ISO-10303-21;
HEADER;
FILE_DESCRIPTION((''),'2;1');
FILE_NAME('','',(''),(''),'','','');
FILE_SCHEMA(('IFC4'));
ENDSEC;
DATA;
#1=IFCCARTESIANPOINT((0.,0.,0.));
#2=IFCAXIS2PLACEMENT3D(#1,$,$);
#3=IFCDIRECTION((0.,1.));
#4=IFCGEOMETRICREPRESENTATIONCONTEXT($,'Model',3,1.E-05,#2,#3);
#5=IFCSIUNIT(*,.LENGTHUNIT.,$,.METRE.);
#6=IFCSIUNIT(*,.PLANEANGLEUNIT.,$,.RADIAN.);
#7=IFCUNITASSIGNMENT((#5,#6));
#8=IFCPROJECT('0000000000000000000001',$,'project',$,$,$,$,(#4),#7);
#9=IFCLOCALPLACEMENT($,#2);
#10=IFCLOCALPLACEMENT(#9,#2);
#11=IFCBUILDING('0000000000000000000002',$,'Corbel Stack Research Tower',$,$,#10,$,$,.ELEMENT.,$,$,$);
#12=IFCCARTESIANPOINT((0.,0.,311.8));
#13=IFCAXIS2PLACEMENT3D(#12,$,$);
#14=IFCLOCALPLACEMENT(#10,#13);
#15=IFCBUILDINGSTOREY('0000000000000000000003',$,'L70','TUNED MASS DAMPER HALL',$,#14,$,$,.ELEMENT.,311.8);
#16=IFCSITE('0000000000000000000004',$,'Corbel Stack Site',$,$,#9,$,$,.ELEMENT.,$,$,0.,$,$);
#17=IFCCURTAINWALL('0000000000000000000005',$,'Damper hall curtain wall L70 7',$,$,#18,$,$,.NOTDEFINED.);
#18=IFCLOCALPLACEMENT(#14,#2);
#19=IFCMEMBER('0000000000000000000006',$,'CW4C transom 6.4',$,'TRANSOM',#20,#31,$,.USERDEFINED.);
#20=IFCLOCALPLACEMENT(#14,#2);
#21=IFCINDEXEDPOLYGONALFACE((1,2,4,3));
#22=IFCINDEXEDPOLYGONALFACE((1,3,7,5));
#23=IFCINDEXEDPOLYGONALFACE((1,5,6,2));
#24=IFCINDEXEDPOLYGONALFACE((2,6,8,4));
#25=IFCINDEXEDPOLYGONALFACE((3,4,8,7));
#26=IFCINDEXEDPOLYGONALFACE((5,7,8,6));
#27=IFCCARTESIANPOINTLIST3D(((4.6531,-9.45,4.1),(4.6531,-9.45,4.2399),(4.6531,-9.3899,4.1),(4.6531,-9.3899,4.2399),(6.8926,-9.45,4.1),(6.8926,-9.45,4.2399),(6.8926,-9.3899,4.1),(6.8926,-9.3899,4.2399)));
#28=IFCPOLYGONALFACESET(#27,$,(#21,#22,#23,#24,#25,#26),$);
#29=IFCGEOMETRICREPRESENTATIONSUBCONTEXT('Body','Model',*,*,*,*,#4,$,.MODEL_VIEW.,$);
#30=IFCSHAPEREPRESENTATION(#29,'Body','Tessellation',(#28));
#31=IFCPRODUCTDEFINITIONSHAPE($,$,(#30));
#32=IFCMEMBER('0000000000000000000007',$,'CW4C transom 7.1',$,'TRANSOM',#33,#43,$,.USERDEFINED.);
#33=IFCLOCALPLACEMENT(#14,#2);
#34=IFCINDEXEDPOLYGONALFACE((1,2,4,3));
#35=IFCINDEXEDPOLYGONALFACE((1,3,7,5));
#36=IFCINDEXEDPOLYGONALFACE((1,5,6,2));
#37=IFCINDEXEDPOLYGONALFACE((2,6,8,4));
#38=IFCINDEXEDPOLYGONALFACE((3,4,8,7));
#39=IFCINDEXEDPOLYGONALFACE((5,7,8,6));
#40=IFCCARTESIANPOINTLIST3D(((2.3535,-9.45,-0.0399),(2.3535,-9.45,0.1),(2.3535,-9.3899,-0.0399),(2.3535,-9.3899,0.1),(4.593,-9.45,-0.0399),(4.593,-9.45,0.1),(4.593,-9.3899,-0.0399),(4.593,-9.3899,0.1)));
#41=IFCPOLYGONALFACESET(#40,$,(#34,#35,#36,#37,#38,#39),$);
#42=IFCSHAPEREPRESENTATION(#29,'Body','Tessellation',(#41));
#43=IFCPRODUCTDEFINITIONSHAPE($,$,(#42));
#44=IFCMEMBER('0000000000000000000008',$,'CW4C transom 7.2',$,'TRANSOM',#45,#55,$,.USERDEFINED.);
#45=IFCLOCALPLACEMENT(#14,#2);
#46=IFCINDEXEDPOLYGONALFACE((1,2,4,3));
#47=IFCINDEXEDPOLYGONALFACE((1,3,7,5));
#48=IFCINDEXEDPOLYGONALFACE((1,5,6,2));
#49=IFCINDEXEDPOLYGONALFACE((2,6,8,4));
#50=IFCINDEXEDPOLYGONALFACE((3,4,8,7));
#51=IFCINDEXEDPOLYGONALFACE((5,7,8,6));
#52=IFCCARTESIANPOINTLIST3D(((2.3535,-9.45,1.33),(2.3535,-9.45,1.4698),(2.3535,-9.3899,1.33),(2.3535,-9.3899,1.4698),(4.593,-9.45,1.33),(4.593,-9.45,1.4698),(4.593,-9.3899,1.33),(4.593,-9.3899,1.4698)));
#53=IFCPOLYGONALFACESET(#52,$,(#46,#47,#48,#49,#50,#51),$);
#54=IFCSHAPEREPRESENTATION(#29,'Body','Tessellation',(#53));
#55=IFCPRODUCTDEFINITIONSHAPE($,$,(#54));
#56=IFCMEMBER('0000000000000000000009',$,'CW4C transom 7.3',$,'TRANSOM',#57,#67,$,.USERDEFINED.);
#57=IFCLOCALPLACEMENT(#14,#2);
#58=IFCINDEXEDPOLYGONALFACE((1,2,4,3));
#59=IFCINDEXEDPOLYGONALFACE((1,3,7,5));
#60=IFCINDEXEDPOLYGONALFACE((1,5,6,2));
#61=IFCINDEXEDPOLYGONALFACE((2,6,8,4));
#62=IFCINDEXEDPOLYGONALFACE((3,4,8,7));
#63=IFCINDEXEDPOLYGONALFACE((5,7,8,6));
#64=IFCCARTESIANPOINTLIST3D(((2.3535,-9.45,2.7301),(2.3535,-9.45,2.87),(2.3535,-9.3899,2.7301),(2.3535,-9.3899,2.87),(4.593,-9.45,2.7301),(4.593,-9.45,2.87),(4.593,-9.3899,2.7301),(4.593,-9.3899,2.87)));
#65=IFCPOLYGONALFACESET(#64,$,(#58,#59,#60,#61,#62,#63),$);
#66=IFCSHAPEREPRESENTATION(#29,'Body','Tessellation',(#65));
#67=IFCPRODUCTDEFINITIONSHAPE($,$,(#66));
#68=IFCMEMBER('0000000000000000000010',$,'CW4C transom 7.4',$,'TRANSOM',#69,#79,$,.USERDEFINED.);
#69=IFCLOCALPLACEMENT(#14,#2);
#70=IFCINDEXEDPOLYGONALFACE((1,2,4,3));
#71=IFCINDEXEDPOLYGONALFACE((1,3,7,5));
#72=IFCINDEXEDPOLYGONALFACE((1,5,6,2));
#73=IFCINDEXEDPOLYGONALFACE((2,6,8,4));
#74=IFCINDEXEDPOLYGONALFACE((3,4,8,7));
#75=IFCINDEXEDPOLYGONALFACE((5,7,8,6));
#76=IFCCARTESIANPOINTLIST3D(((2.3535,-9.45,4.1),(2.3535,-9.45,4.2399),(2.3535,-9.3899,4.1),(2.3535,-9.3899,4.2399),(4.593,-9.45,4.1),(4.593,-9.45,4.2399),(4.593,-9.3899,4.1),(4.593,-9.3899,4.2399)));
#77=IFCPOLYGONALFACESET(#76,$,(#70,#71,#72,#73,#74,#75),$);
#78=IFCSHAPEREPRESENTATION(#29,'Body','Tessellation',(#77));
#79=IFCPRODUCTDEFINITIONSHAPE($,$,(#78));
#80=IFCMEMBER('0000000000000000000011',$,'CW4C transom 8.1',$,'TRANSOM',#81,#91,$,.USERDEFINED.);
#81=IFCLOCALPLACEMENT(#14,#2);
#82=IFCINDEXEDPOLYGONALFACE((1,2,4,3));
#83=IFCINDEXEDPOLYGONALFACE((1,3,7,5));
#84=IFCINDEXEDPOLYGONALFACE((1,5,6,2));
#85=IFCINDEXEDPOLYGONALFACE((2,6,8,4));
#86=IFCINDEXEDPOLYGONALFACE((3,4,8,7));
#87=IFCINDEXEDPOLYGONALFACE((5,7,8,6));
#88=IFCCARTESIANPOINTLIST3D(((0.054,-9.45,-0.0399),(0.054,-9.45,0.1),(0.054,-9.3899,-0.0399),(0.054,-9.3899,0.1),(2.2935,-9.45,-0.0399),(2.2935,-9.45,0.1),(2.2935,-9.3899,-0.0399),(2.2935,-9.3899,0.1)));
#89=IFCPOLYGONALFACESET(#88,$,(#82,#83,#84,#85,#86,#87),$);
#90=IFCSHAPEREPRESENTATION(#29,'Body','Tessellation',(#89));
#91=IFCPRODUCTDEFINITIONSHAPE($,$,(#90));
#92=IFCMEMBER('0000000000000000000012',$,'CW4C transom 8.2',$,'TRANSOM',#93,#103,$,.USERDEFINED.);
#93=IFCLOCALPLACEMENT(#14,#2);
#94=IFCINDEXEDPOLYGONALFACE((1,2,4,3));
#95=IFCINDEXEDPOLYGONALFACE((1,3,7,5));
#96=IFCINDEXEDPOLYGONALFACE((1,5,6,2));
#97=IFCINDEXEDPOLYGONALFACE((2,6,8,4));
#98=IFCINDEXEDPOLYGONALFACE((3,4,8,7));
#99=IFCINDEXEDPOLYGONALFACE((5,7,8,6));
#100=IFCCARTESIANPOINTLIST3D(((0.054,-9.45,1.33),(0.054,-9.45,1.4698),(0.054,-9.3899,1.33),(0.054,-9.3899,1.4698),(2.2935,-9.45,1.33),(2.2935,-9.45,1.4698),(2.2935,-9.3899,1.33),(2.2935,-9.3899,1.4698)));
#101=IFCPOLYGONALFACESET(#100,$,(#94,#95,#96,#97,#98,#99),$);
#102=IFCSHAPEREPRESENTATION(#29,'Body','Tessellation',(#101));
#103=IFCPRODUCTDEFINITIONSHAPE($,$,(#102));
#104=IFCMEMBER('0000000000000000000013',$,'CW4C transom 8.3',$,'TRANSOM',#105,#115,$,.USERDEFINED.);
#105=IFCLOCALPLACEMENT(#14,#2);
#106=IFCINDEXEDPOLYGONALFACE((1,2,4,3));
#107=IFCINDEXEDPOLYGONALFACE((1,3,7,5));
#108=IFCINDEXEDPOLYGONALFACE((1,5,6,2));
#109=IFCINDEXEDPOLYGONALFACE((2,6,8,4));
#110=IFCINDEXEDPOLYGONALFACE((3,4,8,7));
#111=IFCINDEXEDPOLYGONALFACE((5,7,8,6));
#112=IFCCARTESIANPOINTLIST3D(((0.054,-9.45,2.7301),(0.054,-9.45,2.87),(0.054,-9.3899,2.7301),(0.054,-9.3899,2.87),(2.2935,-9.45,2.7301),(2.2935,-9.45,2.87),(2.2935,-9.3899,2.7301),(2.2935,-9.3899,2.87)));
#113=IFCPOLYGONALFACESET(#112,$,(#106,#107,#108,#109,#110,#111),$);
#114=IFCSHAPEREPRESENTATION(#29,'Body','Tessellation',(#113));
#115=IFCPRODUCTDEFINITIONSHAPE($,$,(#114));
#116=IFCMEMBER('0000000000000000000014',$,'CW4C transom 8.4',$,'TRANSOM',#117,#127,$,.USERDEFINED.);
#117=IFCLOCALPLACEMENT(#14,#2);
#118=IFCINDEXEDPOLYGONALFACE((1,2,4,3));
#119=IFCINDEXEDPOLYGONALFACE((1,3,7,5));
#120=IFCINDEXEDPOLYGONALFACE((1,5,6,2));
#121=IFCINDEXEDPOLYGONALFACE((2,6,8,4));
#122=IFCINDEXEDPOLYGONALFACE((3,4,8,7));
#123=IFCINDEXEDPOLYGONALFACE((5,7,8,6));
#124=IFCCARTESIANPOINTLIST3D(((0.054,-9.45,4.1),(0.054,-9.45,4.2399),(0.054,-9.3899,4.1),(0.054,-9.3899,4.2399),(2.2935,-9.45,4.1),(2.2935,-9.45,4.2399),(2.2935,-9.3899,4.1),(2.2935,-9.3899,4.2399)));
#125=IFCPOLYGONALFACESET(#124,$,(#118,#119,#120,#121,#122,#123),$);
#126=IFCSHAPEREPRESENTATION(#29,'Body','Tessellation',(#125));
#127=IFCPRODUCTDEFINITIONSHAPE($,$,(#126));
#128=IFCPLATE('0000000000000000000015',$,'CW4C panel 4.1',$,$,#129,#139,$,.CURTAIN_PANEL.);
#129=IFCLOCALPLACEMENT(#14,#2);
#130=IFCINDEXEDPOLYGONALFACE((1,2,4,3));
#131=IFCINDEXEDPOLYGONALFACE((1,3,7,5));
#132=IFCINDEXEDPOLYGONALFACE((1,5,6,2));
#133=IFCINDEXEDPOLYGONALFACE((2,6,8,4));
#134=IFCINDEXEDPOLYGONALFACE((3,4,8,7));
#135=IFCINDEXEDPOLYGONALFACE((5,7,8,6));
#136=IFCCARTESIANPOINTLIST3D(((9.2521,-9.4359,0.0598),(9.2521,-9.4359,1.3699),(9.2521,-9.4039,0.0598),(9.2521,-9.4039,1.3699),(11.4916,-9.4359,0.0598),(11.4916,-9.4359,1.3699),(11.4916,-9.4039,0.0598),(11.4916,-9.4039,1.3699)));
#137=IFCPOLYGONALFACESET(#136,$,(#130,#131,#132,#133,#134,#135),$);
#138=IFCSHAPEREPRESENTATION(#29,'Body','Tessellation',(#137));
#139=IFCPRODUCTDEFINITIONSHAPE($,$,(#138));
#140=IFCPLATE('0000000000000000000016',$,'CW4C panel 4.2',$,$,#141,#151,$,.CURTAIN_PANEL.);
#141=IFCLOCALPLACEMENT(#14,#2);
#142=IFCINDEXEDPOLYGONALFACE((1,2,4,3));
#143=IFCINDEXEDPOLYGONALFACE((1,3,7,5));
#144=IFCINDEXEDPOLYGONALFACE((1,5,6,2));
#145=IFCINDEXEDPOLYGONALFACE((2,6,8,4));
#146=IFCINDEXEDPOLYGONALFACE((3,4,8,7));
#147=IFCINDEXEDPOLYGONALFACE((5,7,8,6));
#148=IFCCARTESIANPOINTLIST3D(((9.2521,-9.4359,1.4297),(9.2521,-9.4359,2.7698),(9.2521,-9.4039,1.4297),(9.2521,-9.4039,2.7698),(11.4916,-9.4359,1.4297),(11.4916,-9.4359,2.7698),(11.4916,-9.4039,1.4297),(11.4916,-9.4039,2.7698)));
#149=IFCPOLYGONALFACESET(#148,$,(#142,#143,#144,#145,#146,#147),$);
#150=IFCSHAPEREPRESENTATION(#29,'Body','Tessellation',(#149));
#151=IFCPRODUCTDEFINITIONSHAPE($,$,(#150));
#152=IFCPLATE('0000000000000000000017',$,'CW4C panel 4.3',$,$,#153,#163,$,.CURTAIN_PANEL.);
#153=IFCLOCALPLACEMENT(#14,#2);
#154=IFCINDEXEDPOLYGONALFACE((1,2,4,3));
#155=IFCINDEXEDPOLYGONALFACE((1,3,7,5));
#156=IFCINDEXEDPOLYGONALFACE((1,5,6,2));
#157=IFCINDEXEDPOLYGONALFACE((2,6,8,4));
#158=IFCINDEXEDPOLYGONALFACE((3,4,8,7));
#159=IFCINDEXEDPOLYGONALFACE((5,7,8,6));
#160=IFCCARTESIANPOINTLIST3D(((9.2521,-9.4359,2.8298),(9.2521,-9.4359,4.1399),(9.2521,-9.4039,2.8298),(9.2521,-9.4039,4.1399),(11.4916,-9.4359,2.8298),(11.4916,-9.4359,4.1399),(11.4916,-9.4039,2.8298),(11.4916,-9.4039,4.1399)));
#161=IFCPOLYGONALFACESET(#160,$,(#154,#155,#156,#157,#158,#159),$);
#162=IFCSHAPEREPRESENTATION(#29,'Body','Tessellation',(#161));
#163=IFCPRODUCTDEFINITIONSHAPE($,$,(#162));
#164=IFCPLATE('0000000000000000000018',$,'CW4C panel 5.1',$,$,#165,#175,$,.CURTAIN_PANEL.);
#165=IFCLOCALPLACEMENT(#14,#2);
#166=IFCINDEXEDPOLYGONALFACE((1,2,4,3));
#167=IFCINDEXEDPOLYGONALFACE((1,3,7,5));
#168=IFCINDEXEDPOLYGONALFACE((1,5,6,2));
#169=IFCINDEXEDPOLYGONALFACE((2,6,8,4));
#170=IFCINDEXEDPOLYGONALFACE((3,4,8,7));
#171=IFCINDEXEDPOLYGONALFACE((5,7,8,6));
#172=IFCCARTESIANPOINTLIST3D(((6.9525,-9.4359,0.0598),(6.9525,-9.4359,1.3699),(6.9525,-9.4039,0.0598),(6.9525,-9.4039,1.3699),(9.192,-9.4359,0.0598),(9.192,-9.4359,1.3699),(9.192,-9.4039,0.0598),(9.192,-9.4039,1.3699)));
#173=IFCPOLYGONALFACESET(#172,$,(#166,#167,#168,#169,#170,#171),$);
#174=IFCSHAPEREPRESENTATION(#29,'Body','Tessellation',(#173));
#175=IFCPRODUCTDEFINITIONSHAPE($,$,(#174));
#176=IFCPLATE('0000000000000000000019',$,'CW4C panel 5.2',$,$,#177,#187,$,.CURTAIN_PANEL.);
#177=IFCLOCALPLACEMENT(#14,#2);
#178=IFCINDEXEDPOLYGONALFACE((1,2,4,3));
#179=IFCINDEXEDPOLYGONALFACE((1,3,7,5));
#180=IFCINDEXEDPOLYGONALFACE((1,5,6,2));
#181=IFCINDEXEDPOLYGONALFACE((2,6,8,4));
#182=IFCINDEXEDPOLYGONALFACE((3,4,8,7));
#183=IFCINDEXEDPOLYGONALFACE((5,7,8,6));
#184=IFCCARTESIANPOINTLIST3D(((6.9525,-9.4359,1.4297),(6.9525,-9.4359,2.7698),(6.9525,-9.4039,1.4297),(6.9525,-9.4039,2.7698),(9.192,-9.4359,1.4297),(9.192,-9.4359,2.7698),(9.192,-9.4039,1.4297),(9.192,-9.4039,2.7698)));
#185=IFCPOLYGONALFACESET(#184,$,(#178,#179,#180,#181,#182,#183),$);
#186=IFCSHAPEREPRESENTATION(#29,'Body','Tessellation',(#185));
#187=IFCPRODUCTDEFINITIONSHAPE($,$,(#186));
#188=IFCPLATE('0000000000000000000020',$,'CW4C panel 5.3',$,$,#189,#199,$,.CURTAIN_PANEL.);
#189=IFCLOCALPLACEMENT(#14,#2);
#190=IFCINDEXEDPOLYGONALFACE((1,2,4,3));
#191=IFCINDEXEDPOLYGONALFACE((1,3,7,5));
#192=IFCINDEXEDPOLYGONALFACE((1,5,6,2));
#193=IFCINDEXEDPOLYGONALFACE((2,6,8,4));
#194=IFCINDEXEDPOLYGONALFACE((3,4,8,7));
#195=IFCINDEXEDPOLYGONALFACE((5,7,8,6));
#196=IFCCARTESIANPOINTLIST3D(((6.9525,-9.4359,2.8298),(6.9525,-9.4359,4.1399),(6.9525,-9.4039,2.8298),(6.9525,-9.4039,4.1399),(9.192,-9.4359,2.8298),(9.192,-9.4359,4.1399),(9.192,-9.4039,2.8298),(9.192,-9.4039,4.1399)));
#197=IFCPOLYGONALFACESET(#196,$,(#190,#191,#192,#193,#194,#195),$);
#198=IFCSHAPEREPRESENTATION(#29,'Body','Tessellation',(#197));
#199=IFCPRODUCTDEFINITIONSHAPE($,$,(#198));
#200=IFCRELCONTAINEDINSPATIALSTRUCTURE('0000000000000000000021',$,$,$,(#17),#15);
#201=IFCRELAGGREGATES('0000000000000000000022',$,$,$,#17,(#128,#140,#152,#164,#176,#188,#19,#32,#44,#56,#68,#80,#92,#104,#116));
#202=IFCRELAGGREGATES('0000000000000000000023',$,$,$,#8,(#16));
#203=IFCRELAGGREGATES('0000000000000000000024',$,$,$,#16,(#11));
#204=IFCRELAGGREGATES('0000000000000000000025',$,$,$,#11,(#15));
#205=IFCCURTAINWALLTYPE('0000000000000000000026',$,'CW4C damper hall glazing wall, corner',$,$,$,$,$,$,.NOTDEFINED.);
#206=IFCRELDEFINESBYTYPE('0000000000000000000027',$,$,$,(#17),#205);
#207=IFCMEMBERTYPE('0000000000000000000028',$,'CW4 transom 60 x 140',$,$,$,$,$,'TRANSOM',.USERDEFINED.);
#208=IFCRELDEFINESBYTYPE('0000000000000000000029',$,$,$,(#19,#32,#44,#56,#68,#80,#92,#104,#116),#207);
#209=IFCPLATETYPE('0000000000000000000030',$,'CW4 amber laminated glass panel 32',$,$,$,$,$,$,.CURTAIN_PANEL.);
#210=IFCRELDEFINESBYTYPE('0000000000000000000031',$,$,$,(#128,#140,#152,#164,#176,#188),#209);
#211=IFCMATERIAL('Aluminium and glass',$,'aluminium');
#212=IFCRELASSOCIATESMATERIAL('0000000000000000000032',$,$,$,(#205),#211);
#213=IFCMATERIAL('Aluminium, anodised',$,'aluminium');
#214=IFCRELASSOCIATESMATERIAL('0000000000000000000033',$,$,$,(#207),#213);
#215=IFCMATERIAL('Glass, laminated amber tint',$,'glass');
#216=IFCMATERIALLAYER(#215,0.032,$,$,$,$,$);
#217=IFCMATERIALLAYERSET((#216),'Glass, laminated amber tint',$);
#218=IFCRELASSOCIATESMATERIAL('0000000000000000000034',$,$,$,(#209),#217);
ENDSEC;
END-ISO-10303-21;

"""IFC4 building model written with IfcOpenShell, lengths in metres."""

from ifc_helpers import new_model, si_unit, direction, frame, origin, origin_2d, place, context, subcontext, project, spatial, rectangle, extrude, material, layer, layer_set, material_profile, profile_set, type_object, element, aggregate, save


model = new_model("IFC4")

# Units and contexts
model_context = context("Model", 3, precision=1e-05, world=origin(), true_north=direction((0.0, 1.0)))
body_context = subcontext(model_context, "Body", "Model", "MODEL_VIEW")
ifc_project = project(units=[si_unit("LENGTHUNIT", "METRE"), si_unit("PLANEANGLEUNIT", "RADIAN")], contexts=[model_context])

# Site, building, storey
site_placement = place(None, origin())
site = spatial("IfcSite", under=ifc_project, at=site_placement, Name="Corbel Stack Site", CompositionType="ELEMENT", RefElevation=0.0)
building_placement = place(site_placement, origin())
building = spatial("IfcBuilding", under=site, at=building_placement, Name="Corbel Stack Research Tower", CompositionType="ELEMENT")
storey_placement = place(building_placement, frame((0.0, 0.0, 311.8)))
storey = spatial("IfcBuildingStorey", under=building, at=storey_placement, Name="L70", Description="TUNED MASS DAMPER HALL", CompositionType="ELEMENT", Elevation=311.8)

# Curtain wall, members, plates
ifc_material_1 = material(Name="Aluminium and glass", Category="aluminium")
curtain_wall_type = type_object("IfcCurtainWallType", Name="CW4C damper hall glazing wall, corner", PredefinedType="NOTDEFINED", material=ifc_material_1)
curtain_wall_placement = place(storey_placement, origin())
curtain_wall = element("IfcCurtainWall", 1, at=curtain_wall_placement, inside=storey, type_object=curtain_wall_type, Name="Damper hall curtain wall L70 7", PredefinedType="NOTDEFINED")
ifc_material_2 = material(Name="Aluminium, anodised", Category="aluminium")
ifc_material_profile_1 = material_profile(ifc_material_2, rectangle(XDim=0.0601, YDim=0.1399, at=origin_2d()), Name="CW4 transom 60 x 140")
ifc_profile_set_1 = profile_set([ifc_material_profile_1], Name="Aluminium, anodised")
member_type_1 = type_object("IfcMemberType", Name="CW4 transom 60 x 140", ElementType="TRANSOM", PredefinedType="USERDEFINED", material=ifc_profile_set_1)
member_1_placement = place(storey_placement, frame((6.8926, -9.4199, 4.1699), z_axis=(-1.0, 0.0, 0.0), x_axis=(0.0, -1.0, 0.0)))
member_1 = element("IfcMember", 2, at=member_1_placement, type_object=member_type_1, Name="CW4C transom 6.4", ObjectType="TRANSOM", PredefinedType="USERDEFINED", context=body_context, shape_type="SweptSolid", body=[
    extrude(rectangle(XDim=0.0601, YDim=0.1399, at=origin_2d()), origin(), (0.0, 0.0, 1.0), 2.2395),
])
member_2_placement = place(storey_placement, frame((4.593, -9.4199, 0.03), z_axis=(-1.0, 0.0, 0.0), x_axis=(0.0, -1.0, 0.0)))
member_2 = element("IfcMember", 3, at=member_2_placement, type_object=member_type_1, Name="CW4C transom 7.1", ObjectType="TRANSOM", PredefinedType="USERDEFINED", context=body_context, shape_type="SweptSolid", body=[
    extrude(rectangle(XDim=0.0601, YDim=0.1399, at=origin_2d()), origin(), (0.0, 0.0, 1.0), 2.2395),
])
member_3_placement = place(storey_placement, frame((4.593, -9.4199, 1.3999), z_axis=(-1.0, 0.0, 0.0), x_axis=(0.0, -1.0, 0.0)))
member_3 = element("IfcMember", 4, at=member_3_placement, type_object=member_type_1, Name="CW4C transom 7.2", ObjectType="TRANSOM", PredefinedType="USERDEFINED", context=body_context, shape_type="SweptSolid", body=[
    extrude(rectangle(XDim=0.0601, YDim=0.1399, at=origin_2d()), origin(), (0.0, 0.0, 1.0), 2.2395),
])
member_4_placement = place(storey_placement, frame((4.593, -9.4199, 2.8), z_axis=(-1.0, 0.0, 0.0), x_axis=(0.0, -1.0, 0.0)))
member_4 = element("IfcMember", 5, at=member_4_placement, type_object=member_type_1, Name="CW4C transom 7.3", ObjectType="TRANSOM", PredefinedType="USERDEFINED", context=body_context, shape_type="SweptSolid", body=[
    extrude(rectangle(XDim=0.0601, YDim=0.1399, at=origin_2d()), origin(), (0.0, 0.0, 1.0), 2.2395),
])
member_5_placement = place(storey_placement, frame((4.593, -9.4199, 4.1699), z_axis=(-1.0, 0.0, 0.0), x_axis=(0.0, -1.0, 0.0)))
member_5 = element("IfcMember", 6, at=member_5_placement, type_object=member_type_1, Name="CW4C transom 7.4", ObjectType="TRANSOM", PredefinedType="USERDEFINED", context=body_context, shape_type="SweptSolid", body=[
    extrude(rectangle(XDim=0.0601, YDim=0.1399, at=origin_2d()), origin(), (0.0, 0.0, 1.0), 2.2395),
])
member_6_placement = place(storey_placement, frame((2.2935, -9.4199, 0.03), z_axis=(-1.0, 0.0, 0.0), x_axis=(0.0, -1.0, 0.0)))
member_6 = element("IfcMember", 7, at=member_6_placement, type_object=member_type_1, Name="CW4C transom 8.1", ObjectType="TRANSOM", PredefinedType="USERDEFINED", context=body_context, shape_type="SweptSolid", body=[
    extrude(rectangle(XDim=0.0601, YDim=0.1399, at=origin_2d()), origin(), (0.0, 0.0, 1.0), 2.2395),
])
member_7_placement = place(storey_placement, frame((2.2935, -9.4199, 1.3999), z_axis=(-1.0, 0.0, 0.0), x_axis=(0.0, -1.0, 0.0)))
member_7 = element("IfcMember", 8, at=member_7_placement, type_object=member_type_1, Name="CW4C transom 8.2", ObjectType="TRANSOM", PredefinedType="USERDEFINED", context=body_context, shape_type="SweptSolid", body=[
    extrude(rectangle(XDim=0.0601, YDim=0.1399, at=origin_2d()), origin(), (0.0, 0.0, 1.0), 2.2395),
])
member_8_placement = place(storey_placement, frame((2.2935, -9.4199, 2.8), z_axis=(-1.0, 0.0, 0.0), x_axis=(0.0, -1.0, 0.0)))
member_8 = element("IfcMember", 9, at=member_8_placement, type_object=member_type_1, Name="CW4C transom 8.3", ObjectType="TRANSOM", PredefinedType="USERDEFINED", context=body_context, shape_type="SweptSolid", body=[
    extrude(rectangle(XDim=0.0601, YDim=0.1399, at=origin_2d()), origin(), (0.0, 0.0, 1.0), 2.2395),
])
member_9_placement = place(storey_placement, frame((2.2935, -9.4199, 4.1699), z_axis=(-1.0, 0.0, 0.0), x_axis=(0.0, -1.0, 0.0)))
member_9 = element("IfcMember", 10, at=member_9_placement, type_object=member_type_1, Name="CW4C transom 8.4", ObjectType="TRANSOM", PredefinedType="USERDEFINED", context=body_context, shape_type="SweptSolid", body=[
    extrude(rectangle(XDim=0.0601, YDim=0.1399, at=origin_2d()), origin(), (0.0, 0.0, 1.0), 2.2395),
])
ifc_material_3 = material(Name="Glass, laminated amber tint", Category="glass")
ifc_layer = layer(ifc_material_3, 0.032)
ifc_layer_set = layer_set([ifc_layer], Name="Glass, laminated amber tint")
plate_type = type_object("IfcPlateType", Name="CW4 amber laminated glass panel 32", PredefinedType="CURTAIN_PANEL", material=ifc_layer_set)
plate_1_placement = place(storey_placement, frame((10.3718, -9.4199, 0.0598), z_axis=(0.0, 0.0, 1.0), x_axis=(-1.0, 0.0, 0.0)))
plate_1 = element("IfcPlate", 11, at=plate_1_placement, type_object=plate_type, Name="CW4C panel 4.1", PredefinedType="CURTAIN_PANEL", context=body_context, shape_type="SweptSolid", body=[
    extrude(rectangle(XDim=2.2395, YDim=0.032, at=origin_2d()), origin(), (0.0, 0.0, 1.0), 1.3101),
])
plate_2_placement = place(storey_placement, frame((10.3718, -9.4199, 1.4297), z_axis=(0.0, 0.0, 1.0), x_axis=(-1.0, 0.0, 0.0)))
plate_2 = element("IfcPlate", 12, at=plate_2_placement, type_object=plate_type, Name="CW4C panel 4.2", PredefinedType="CURTAIN_PANEL", context=body_context, shape_type="SweptSolid", body=[
    extrude(rectangle(XDim=2.2395, YDim=0.032, at=origin_2d()), origin(), (0.0, 0.0, 1.0), 1.3401),
])
plate_3_placement = place(storey_placement, frame((10.3718, -9.4199, 2.8298), z_axis=(0.0, 0.0, 1.0), x_axis=(-1.0, 0.0, 0.0)))
plate_3 = element("IfcPlate", 13, at=plate_3_placement, type_object=plate_type, Name="CW4C panel 4.3", PredefinedType="CURTAIN_PANEL", context=body_context, shape_type="SweptSolid", body=[
    extrude(rectangle(XDim=2.2395, YDim=0.032, at=origin_2d()), origin(), (0.0, 0.0, 1.0), 1.3101),
])
plate_4_placement = place(storey_placement, frame((8.0723, -9.4199, 0.0598), z_axis=(0.0, 0.0, 1.0), x_axis=(-1.0, 0.0, 0.0)))
plate_4 = element("IfcPlate", 14, at=plate_4_placement, type_object=plate_type, Name="CW4C panel 5.1", PredefinedType="CURTAIN_PANEL", context=body_context, shape_type="SweptSolid", body=[
    extrude(rectangle(XDim=2.2395, YDim=0.032, at=origin_2d()), origin(), (0.0, 0.0, 1.0), 1.3101),
])
plate_5_placement = place(storey_placement, frame((8.0723, -9.4199, 1.4297), z_axis=(0.0, 0.0, 1.0), x_axis=(-1.0, 0.0, 0.0)))
plate_5 = element("IfcPlate", 15, at=plate_5_placement, type_object=plate_type, Name="CW4C panel 5.2", PredefinedType="CURTAIN_PANEL", context=body_context, shape_type="SweptSolid", body=[
    extrude(rectangle(XDim=2.2395, YDim=0.032, at=origin_2d()), origin(), (0.0, 0.0, 1.0), 1.3401),
])
plate_6_placement = place(storey_placement, frame((8.0723, -9.4199, 2.8298), z_axis=(0.0, 0.0, 1.0), x_axis=(-1.0, 0.0, 0.0)))
plate_6 = element("IfcPlate", 16, at=plate_6_placement, type_object=plate_type, Name="CW4C panel 5.3", PredefinedType="CURTAIN_PANEL", context=body_context, shape_type="SweptSolid", body=[
    extrude(rectangle(XDim=2.2395, YDim=0.032, at=origin_2d()), origin(), (0.0, 0.0, 1.0), 1.3101),
])
aggregate(curtain_wall, [plate_1, plate_2, plate_3, plate_4, plate_5, plate_6, member_1, member_2, member_3, member_4, member_5, member_6, member_7, member_8, member_9])

save(model, "model.ifc")
